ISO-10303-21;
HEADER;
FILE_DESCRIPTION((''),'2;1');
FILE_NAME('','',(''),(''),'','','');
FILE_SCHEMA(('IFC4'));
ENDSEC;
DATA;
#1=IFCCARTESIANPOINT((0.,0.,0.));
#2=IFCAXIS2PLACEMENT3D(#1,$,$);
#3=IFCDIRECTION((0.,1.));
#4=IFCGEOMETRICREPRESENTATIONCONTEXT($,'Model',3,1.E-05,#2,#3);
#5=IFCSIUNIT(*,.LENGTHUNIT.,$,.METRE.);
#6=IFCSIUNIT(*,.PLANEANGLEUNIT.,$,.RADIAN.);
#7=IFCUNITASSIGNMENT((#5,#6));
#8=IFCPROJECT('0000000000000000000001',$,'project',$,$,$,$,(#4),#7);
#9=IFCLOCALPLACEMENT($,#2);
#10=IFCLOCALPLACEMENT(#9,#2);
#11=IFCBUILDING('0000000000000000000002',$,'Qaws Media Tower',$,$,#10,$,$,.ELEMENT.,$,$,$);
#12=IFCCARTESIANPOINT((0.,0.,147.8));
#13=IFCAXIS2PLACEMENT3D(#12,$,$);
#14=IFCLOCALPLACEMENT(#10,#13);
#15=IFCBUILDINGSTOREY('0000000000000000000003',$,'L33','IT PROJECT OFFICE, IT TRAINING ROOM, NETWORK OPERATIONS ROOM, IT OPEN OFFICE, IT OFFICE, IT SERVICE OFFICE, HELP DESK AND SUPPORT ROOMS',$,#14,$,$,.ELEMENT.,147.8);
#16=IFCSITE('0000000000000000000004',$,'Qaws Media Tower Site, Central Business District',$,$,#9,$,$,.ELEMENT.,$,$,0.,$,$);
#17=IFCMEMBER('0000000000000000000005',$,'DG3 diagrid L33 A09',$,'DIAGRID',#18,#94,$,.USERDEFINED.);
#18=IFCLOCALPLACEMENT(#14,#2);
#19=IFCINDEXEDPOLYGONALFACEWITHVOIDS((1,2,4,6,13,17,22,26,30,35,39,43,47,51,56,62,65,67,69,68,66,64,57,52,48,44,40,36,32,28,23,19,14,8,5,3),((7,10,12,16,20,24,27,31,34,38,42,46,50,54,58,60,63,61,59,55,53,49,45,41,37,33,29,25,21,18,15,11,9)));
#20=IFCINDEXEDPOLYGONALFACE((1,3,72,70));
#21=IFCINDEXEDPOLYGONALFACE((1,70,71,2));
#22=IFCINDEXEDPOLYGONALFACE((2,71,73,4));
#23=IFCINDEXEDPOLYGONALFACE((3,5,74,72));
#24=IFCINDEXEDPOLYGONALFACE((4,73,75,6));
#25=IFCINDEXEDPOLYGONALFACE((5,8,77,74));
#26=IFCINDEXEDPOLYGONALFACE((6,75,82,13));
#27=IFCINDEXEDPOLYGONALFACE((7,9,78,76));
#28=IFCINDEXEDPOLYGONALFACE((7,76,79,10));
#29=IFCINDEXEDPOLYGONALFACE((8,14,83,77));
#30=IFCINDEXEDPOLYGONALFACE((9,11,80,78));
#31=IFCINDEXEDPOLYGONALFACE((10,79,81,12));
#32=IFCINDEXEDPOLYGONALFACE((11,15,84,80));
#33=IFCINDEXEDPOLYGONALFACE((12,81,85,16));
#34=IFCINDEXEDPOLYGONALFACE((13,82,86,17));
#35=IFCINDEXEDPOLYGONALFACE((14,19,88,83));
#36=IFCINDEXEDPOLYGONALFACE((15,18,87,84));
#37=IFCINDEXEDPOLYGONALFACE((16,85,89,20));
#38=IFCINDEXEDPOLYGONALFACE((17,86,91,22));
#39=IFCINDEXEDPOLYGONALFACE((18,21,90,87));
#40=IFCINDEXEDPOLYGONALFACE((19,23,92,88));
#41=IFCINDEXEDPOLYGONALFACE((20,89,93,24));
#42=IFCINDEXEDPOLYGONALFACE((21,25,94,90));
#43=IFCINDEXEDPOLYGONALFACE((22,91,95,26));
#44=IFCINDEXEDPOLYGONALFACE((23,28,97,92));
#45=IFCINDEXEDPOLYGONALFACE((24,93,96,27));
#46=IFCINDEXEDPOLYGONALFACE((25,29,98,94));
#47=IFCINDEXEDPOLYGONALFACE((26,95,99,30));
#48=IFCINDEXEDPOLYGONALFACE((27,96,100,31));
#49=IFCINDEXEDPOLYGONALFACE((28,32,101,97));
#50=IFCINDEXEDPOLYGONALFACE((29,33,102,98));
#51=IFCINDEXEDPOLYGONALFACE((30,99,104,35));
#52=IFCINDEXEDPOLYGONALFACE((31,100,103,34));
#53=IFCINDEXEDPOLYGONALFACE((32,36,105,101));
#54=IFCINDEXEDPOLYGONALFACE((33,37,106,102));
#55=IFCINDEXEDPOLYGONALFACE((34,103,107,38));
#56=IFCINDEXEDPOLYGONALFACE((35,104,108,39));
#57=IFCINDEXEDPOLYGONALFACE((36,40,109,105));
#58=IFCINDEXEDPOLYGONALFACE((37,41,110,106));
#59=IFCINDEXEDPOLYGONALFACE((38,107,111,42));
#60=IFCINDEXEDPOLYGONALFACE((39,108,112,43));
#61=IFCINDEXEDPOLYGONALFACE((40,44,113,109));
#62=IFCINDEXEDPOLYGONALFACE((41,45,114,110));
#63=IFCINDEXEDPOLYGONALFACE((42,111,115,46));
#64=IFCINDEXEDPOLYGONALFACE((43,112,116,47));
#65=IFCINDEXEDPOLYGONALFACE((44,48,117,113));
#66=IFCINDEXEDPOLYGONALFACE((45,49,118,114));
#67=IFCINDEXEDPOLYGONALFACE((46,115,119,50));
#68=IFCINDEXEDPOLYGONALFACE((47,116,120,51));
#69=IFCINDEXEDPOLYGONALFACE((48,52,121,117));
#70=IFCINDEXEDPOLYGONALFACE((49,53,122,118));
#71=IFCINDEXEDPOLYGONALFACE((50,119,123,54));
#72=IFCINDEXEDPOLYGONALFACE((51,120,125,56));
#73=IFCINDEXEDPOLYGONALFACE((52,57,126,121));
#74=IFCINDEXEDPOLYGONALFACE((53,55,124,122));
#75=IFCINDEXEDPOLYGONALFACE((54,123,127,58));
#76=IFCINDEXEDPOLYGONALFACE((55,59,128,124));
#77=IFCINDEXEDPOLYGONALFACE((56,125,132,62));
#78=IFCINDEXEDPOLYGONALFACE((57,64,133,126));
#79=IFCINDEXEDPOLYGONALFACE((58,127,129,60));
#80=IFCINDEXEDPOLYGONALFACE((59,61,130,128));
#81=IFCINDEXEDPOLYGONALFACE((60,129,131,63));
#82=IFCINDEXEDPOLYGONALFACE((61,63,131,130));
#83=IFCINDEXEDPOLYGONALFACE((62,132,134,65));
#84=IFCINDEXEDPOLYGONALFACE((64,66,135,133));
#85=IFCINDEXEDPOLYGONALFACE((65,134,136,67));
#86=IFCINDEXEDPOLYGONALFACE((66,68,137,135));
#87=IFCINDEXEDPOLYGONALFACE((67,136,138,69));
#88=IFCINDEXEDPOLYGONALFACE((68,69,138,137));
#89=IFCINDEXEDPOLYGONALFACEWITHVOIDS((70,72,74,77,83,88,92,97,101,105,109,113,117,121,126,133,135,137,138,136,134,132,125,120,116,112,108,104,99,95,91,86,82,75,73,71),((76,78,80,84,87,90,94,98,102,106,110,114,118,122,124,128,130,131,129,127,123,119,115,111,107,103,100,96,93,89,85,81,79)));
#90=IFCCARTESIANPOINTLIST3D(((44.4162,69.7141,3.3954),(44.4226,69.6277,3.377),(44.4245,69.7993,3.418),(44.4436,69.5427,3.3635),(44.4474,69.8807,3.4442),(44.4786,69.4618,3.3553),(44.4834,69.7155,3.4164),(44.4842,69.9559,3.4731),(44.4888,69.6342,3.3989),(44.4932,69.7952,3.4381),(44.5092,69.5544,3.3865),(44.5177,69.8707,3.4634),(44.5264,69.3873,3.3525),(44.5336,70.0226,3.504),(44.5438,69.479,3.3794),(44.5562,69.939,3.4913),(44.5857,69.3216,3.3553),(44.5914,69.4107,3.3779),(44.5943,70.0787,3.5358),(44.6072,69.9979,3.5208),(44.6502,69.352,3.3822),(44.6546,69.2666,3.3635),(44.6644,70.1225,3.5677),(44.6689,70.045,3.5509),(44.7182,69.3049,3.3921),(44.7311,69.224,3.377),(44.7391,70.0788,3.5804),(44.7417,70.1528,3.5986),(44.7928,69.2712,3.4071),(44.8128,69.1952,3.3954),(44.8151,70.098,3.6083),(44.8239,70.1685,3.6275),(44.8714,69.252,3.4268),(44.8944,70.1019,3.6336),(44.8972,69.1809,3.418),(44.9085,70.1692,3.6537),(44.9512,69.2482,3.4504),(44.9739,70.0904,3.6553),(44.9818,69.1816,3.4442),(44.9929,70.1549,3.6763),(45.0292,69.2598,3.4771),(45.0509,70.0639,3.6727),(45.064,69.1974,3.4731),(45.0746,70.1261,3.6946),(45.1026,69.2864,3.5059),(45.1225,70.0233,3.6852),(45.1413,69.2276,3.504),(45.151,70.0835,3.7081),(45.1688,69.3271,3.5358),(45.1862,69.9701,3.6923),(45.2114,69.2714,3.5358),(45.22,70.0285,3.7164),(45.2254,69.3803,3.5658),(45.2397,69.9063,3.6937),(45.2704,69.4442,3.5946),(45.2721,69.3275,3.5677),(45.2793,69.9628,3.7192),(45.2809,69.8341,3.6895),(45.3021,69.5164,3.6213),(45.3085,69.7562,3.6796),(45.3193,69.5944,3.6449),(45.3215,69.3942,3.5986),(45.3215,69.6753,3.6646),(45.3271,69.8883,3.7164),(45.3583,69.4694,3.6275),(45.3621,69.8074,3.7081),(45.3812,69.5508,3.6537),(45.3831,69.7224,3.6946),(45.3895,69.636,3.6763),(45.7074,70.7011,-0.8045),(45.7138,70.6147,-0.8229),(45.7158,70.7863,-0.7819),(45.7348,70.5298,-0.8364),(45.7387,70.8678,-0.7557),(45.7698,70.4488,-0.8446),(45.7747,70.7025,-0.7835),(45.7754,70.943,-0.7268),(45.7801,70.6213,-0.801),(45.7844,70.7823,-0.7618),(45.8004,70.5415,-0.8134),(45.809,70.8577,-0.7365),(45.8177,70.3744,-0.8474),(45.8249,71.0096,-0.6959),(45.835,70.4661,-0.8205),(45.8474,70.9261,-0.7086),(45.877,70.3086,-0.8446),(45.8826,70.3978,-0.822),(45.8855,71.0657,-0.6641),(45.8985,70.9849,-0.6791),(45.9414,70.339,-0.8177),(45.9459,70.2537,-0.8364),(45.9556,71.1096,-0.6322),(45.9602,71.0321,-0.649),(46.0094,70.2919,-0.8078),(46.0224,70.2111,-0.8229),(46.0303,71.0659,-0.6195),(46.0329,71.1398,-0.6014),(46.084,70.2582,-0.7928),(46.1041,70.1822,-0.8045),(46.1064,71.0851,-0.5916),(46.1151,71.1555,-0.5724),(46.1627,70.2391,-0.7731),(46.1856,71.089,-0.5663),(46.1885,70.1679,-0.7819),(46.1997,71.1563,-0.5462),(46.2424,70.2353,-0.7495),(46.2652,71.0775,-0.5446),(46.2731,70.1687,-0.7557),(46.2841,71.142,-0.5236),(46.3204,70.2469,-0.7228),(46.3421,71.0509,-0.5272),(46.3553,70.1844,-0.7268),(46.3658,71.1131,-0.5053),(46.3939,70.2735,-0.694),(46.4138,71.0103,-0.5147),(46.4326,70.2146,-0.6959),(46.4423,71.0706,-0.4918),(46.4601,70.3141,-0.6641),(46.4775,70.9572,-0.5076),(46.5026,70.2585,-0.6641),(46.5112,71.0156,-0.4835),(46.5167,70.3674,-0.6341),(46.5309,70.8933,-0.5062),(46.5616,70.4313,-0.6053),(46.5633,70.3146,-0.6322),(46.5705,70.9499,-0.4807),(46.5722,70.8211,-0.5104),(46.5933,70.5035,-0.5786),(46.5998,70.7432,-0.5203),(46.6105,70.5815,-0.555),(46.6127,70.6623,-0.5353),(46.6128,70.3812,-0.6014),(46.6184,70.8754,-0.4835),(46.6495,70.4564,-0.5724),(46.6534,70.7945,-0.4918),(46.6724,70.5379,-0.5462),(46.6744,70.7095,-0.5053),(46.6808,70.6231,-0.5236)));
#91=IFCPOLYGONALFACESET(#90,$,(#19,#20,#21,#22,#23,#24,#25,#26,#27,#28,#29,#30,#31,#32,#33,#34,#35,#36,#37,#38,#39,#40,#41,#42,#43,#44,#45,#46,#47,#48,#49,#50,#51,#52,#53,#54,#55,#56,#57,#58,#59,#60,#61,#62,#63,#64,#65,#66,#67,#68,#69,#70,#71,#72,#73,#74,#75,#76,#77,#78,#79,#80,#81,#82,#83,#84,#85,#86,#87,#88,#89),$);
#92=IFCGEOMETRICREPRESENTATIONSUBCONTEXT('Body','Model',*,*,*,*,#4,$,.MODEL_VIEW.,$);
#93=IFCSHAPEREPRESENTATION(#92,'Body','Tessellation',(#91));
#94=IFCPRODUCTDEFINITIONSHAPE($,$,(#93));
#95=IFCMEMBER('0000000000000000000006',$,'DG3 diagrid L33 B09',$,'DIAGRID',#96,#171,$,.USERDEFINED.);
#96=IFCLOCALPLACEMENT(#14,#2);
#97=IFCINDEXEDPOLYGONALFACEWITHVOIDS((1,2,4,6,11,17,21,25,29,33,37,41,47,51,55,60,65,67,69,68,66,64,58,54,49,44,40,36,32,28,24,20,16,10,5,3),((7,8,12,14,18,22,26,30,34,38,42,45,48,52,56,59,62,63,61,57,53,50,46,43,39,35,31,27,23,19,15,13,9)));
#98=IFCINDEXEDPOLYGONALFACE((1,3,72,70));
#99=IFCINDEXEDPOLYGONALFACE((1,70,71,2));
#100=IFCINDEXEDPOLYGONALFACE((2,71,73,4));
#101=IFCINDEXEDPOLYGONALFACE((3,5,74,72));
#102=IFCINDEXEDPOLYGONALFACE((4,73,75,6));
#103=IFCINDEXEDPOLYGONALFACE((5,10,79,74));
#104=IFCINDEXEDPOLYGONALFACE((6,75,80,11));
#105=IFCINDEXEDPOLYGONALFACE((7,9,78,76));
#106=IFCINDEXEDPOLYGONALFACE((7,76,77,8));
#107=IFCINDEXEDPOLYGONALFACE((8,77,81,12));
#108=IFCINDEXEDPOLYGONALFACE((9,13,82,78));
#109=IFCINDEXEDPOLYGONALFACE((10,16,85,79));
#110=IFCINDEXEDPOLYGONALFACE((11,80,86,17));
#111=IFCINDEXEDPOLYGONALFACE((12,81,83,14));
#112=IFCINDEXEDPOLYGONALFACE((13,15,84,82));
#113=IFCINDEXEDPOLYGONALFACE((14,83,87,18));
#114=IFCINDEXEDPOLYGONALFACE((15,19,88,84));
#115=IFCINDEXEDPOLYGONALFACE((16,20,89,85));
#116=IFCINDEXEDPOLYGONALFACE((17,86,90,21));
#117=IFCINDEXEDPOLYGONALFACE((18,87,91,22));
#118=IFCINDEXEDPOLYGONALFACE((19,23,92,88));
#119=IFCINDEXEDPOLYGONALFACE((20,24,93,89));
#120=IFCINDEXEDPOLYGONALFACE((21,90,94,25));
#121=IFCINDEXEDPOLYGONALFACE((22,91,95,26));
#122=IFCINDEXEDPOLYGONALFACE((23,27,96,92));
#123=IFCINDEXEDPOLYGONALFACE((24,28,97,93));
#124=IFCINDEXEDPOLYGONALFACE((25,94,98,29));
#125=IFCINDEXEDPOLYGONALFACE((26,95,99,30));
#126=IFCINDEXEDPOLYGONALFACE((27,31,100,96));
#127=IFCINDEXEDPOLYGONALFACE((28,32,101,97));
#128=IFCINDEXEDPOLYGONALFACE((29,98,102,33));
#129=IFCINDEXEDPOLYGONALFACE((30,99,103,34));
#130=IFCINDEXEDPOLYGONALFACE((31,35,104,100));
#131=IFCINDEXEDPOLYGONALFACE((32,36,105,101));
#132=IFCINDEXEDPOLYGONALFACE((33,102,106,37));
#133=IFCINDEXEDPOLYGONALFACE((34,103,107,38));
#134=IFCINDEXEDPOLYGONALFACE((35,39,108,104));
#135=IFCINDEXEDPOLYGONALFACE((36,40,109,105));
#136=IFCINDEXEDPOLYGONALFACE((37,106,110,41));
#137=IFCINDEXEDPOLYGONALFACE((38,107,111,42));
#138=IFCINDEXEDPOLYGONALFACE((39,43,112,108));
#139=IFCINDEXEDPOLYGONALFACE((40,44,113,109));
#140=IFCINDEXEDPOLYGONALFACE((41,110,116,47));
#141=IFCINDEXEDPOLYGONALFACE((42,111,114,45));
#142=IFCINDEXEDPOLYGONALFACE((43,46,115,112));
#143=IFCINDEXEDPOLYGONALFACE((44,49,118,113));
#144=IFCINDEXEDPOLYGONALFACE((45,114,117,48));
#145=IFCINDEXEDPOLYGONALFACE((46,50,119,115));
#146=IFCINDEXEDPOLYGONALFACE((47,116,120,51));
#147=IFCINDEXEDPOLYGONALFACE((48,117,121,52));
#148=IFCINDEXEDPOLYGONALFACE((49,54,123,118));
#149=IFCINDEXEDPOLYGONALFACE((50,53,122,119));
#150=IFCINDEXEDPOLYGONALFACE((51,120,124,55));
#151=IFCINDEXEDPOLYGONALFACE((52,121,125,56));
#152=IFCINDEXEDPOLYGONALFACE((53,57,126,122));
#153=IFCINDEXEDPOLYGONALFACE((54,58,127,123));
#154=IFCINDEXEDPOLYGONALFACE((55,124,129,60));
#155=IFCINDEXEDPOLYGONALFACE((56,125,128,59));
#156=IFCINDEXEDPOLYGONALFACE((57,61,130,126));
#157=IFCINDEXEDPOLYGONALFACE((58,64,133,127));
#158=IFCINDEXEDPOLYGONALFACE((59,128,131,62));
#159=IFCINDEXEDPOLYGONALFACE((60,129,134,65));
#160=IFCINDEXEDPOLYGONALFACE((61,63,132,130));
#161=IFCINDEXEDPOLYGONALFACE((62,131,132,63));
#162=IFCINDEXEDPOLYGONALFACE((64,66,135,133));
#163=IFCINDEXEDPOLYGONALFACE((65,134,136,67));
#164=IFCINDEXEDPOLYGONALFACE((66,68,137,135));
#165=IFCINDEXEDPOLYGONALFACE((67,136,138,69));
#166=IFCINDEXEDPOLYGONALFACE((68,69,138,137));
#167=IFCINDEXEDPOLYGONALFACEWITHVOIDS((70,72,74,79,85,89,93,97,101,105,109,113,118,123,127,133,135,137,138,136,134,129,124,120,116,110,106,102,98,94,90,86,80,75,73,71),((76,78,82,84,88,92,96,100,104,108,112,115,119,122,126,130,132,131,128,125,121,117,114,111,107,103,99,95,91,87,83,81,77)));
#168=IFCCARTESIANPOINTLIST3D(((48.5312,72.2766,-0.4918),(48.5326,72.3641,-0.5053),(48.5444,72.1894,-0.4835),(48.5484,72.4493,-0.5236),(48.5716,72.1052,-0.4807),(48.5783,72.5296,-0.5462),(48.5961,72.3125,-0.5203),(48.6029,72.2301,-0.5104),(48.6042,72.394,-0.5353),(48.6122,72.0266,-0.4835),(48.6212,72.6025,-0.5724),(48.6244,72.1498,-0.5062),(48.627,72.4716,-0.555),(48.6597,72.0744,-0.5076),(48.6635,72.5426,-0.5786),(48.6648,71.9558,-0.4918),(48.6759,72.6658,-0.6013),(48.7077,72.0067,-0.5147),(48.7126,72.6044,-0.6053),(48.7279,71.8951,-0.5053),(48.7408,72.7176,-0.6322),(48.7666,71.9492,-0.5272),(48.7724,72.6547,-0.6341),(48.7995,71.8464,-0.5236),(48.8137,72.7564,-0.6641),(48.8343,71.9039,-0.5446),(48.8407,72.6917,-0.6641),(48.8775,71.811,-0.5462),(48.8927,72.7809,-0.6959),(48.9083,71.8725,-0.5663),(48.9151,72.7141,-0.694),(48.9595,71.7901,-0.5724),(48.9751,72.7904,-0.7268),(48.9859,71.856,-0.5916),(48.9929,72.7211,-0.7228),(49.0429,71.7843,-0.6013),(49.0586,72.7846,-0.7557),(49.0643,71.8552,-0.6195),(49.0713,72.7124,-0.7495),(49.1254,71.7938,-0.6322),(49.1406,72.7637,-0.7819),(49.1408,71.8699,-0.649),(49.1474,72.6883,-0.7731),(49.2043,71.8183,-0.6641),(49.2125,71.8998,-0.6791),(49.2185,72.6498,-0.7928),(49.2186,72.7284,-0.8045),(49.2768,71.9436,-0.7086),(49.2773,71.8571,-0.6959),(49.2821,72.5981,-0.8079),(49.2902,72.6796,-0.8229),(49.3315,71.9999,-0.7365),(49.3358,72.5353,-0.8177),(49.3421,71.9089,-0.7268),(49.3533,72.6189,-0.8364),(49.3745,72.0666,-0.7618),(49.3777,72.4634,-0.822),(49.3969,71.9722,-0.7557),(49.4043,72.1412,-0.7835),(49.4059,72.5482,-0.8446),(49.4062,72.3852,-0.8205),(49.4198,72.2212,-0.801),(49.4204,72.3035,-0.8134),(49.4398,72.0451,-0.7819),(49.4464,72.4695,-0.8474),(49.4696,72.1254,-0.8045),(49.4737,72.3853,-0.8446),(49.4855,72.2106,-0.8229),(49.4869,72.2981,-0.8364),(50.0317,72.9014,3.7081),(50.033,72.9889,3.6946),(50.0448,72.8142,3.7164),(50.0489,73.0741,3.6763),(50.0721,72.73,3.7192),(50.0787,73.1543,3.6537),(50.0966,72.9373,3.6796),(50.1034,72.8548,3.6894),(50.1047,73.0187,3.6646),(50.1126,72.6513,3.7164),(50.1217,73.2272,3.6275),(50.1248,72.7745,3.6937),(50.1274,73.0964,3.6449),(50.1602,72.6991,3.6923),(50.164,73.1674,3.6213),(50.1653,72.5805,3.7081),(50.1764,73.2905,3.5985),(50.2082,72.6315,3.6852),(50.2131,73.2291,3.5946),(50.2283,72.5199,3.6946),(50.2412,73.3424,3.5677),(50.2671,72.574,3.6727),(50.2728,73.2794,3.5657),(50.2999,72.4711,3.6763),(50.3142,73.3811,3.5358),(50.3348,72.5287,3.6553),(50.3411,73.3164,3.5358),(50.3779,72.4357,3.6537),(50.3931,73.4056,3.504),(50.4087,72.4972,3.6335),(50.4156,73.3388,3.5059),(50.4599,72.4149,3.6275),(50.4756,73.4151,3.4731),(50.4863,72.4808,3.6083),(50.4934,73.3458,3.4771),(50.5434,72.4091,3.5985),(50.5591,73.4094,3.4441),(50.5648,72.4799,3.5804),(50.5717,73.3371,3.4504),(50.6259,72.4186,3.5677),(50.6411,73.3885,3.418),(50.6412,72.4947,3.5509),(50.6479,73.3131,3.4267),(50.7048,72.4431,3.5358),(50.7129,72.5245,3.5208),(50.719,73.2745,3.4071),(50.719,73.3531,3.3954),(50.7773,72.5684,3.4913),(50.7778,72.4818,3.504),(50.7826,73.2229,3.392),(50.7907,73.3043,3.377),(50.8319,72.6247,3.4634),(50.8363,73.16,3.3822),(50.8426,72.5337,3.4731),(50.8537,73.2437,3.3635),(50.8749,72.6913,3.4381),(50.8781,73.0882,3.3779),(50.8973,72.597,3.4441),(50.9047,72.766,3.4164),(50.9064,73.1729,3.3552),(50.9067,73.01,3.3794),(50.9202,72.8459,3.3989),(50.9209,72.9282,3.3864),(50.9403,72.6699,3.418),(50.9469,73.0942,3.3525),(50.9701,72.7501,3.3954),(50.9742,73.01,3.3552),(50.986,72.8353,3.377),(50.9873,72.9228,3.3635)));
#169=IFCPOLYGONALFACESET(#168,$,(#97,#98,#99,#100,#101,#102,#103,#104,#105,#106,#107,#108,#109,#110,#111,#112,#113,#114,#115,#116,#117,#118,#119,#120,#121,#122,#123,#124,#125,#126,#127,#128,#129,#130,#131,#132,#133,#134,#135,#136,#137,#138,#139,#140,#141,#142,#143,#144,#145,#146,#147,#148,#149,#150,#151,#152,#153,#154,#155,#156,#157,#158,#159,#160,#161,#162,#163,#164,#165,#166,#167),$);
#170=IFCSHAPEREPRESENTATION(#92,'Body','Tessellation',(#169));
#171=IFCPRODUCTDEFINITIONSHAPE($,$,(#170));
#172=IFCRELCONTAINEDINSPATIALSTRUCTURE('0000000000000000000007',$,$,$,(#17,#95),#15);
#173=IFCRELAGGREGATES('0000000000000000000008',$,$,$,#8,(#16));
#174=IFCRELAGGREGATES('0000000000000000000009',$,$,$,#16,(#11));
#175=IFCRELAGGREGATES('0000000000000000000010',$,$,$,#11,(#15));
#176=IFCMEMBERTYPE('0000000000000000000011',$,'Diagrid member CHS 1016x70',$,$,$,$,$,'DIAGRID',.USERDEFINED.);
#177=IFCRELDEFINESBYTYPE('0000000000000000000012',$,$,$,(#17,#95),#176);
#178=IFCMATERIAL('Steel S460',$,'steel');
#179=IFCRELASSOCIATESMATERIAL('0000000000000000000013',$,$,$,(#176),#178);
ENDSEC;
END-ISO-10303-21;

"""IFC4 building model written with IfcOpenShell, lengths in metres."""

from ifc_helpers import new_model, si_unit, direction, frame, origin, origin_2d, place, context, subcontext, project, spatial, hollow_circle, extrude, material, material_profile, profile_set, type_object, element, save


model = new_model("IFC4")

# Units and contexts
model_context = context("Model", 3, precision=1e-05, world=origin(), true_north=direction((0.0, 1.0)))
body_context = subcontext(model_context, "Body", "Model", "MODEL_VIEW")
ifc_project = project(units=[si_unit("LENGTHUNIT", "METRE"), si_unit("PLANEANGLEUNIT", "RADIAN")], contexts=[model_context])

# Site, building, storey
site_placement = place(None, origin())
site = spatial("IfcSite", under=ifc_project, at=site_placement, Name="Qaws Media Tower Site, Central Business District", CompositionType="ELEMENT", RefElevation=0.0)
building_placement = place(site_placement, origin())
building = spatial("IfcBuilding", under=site, at=building_placement, Name="Qaws Media Tower", CompositionType="ELEMENT")
storey_placement = place(building_placement, frame((0.0, 0.0, 147.8)))
storey = spatial("IfcBuildingStorey", under=building, at=storey_placement, Name="L33", Description="IT PROJECT OFFICE, IT TRAINING ROOM, NETWORK OPERATIONS ROOM, IT OPEN OFFICE, IT OFFICE, IT SERVICE OFFICE, HELP DESK AND SUPPORT ROOMS", CompositionType="ELEMENT", Elevation=147.8)

# Members
ifc_material_1 = material(Name="Steel S460", Category="steel")
ifc_material_profile_1 = material_profile(ifc_material_1, hollow_circle(Radius=0.5081, WallThickness=0.0701, at=origin_2d()), Name="CHS 1016x70")
ifc_profile_set_1 = profile_set([ifc_material_profile_1], Name="Steel S460")
member_type_1 = type_object("IfcMemberType", Name="Diagrid member CHS 1016x70", ElementType="DIAGRID", PredefinedType="USERDEFINED", material=ifc_profile_set_1)
for number, where, z_axis, x_axis, name in (
    (1, (46.1941, 70.6621, -0.6641), (-0.286726, -0.219178, 0.932604), (0.607305, -0.794469, 0.0), "DG3 diagrid L33 A09"),
    (2, (49.009, 72.2874, -0.6641), (0.333184, 0.138727, 0.9326), (-0.384381, 0.923175, 0.0), "DG3 diagrid L33 B09"),
):
    element("IfcMember", number, at=place(storey_placement, frame(where, z_axis=z_axis, x_axis=x_axis)), inside=storey, type_object=member_type_1, Name=name, ObjectType="DIAGRID", PredefinedType="USERDEFINED", context=body_context, shape_type="SweptSolid", body=[
        extrude(hollow_circle(Radius=0.5081, WallThickness=0.0701, at=origin_2d()), origin(), (0.0, 0.0, 1.0), 4.5034),
    ])

save(model, "model.ifc")
